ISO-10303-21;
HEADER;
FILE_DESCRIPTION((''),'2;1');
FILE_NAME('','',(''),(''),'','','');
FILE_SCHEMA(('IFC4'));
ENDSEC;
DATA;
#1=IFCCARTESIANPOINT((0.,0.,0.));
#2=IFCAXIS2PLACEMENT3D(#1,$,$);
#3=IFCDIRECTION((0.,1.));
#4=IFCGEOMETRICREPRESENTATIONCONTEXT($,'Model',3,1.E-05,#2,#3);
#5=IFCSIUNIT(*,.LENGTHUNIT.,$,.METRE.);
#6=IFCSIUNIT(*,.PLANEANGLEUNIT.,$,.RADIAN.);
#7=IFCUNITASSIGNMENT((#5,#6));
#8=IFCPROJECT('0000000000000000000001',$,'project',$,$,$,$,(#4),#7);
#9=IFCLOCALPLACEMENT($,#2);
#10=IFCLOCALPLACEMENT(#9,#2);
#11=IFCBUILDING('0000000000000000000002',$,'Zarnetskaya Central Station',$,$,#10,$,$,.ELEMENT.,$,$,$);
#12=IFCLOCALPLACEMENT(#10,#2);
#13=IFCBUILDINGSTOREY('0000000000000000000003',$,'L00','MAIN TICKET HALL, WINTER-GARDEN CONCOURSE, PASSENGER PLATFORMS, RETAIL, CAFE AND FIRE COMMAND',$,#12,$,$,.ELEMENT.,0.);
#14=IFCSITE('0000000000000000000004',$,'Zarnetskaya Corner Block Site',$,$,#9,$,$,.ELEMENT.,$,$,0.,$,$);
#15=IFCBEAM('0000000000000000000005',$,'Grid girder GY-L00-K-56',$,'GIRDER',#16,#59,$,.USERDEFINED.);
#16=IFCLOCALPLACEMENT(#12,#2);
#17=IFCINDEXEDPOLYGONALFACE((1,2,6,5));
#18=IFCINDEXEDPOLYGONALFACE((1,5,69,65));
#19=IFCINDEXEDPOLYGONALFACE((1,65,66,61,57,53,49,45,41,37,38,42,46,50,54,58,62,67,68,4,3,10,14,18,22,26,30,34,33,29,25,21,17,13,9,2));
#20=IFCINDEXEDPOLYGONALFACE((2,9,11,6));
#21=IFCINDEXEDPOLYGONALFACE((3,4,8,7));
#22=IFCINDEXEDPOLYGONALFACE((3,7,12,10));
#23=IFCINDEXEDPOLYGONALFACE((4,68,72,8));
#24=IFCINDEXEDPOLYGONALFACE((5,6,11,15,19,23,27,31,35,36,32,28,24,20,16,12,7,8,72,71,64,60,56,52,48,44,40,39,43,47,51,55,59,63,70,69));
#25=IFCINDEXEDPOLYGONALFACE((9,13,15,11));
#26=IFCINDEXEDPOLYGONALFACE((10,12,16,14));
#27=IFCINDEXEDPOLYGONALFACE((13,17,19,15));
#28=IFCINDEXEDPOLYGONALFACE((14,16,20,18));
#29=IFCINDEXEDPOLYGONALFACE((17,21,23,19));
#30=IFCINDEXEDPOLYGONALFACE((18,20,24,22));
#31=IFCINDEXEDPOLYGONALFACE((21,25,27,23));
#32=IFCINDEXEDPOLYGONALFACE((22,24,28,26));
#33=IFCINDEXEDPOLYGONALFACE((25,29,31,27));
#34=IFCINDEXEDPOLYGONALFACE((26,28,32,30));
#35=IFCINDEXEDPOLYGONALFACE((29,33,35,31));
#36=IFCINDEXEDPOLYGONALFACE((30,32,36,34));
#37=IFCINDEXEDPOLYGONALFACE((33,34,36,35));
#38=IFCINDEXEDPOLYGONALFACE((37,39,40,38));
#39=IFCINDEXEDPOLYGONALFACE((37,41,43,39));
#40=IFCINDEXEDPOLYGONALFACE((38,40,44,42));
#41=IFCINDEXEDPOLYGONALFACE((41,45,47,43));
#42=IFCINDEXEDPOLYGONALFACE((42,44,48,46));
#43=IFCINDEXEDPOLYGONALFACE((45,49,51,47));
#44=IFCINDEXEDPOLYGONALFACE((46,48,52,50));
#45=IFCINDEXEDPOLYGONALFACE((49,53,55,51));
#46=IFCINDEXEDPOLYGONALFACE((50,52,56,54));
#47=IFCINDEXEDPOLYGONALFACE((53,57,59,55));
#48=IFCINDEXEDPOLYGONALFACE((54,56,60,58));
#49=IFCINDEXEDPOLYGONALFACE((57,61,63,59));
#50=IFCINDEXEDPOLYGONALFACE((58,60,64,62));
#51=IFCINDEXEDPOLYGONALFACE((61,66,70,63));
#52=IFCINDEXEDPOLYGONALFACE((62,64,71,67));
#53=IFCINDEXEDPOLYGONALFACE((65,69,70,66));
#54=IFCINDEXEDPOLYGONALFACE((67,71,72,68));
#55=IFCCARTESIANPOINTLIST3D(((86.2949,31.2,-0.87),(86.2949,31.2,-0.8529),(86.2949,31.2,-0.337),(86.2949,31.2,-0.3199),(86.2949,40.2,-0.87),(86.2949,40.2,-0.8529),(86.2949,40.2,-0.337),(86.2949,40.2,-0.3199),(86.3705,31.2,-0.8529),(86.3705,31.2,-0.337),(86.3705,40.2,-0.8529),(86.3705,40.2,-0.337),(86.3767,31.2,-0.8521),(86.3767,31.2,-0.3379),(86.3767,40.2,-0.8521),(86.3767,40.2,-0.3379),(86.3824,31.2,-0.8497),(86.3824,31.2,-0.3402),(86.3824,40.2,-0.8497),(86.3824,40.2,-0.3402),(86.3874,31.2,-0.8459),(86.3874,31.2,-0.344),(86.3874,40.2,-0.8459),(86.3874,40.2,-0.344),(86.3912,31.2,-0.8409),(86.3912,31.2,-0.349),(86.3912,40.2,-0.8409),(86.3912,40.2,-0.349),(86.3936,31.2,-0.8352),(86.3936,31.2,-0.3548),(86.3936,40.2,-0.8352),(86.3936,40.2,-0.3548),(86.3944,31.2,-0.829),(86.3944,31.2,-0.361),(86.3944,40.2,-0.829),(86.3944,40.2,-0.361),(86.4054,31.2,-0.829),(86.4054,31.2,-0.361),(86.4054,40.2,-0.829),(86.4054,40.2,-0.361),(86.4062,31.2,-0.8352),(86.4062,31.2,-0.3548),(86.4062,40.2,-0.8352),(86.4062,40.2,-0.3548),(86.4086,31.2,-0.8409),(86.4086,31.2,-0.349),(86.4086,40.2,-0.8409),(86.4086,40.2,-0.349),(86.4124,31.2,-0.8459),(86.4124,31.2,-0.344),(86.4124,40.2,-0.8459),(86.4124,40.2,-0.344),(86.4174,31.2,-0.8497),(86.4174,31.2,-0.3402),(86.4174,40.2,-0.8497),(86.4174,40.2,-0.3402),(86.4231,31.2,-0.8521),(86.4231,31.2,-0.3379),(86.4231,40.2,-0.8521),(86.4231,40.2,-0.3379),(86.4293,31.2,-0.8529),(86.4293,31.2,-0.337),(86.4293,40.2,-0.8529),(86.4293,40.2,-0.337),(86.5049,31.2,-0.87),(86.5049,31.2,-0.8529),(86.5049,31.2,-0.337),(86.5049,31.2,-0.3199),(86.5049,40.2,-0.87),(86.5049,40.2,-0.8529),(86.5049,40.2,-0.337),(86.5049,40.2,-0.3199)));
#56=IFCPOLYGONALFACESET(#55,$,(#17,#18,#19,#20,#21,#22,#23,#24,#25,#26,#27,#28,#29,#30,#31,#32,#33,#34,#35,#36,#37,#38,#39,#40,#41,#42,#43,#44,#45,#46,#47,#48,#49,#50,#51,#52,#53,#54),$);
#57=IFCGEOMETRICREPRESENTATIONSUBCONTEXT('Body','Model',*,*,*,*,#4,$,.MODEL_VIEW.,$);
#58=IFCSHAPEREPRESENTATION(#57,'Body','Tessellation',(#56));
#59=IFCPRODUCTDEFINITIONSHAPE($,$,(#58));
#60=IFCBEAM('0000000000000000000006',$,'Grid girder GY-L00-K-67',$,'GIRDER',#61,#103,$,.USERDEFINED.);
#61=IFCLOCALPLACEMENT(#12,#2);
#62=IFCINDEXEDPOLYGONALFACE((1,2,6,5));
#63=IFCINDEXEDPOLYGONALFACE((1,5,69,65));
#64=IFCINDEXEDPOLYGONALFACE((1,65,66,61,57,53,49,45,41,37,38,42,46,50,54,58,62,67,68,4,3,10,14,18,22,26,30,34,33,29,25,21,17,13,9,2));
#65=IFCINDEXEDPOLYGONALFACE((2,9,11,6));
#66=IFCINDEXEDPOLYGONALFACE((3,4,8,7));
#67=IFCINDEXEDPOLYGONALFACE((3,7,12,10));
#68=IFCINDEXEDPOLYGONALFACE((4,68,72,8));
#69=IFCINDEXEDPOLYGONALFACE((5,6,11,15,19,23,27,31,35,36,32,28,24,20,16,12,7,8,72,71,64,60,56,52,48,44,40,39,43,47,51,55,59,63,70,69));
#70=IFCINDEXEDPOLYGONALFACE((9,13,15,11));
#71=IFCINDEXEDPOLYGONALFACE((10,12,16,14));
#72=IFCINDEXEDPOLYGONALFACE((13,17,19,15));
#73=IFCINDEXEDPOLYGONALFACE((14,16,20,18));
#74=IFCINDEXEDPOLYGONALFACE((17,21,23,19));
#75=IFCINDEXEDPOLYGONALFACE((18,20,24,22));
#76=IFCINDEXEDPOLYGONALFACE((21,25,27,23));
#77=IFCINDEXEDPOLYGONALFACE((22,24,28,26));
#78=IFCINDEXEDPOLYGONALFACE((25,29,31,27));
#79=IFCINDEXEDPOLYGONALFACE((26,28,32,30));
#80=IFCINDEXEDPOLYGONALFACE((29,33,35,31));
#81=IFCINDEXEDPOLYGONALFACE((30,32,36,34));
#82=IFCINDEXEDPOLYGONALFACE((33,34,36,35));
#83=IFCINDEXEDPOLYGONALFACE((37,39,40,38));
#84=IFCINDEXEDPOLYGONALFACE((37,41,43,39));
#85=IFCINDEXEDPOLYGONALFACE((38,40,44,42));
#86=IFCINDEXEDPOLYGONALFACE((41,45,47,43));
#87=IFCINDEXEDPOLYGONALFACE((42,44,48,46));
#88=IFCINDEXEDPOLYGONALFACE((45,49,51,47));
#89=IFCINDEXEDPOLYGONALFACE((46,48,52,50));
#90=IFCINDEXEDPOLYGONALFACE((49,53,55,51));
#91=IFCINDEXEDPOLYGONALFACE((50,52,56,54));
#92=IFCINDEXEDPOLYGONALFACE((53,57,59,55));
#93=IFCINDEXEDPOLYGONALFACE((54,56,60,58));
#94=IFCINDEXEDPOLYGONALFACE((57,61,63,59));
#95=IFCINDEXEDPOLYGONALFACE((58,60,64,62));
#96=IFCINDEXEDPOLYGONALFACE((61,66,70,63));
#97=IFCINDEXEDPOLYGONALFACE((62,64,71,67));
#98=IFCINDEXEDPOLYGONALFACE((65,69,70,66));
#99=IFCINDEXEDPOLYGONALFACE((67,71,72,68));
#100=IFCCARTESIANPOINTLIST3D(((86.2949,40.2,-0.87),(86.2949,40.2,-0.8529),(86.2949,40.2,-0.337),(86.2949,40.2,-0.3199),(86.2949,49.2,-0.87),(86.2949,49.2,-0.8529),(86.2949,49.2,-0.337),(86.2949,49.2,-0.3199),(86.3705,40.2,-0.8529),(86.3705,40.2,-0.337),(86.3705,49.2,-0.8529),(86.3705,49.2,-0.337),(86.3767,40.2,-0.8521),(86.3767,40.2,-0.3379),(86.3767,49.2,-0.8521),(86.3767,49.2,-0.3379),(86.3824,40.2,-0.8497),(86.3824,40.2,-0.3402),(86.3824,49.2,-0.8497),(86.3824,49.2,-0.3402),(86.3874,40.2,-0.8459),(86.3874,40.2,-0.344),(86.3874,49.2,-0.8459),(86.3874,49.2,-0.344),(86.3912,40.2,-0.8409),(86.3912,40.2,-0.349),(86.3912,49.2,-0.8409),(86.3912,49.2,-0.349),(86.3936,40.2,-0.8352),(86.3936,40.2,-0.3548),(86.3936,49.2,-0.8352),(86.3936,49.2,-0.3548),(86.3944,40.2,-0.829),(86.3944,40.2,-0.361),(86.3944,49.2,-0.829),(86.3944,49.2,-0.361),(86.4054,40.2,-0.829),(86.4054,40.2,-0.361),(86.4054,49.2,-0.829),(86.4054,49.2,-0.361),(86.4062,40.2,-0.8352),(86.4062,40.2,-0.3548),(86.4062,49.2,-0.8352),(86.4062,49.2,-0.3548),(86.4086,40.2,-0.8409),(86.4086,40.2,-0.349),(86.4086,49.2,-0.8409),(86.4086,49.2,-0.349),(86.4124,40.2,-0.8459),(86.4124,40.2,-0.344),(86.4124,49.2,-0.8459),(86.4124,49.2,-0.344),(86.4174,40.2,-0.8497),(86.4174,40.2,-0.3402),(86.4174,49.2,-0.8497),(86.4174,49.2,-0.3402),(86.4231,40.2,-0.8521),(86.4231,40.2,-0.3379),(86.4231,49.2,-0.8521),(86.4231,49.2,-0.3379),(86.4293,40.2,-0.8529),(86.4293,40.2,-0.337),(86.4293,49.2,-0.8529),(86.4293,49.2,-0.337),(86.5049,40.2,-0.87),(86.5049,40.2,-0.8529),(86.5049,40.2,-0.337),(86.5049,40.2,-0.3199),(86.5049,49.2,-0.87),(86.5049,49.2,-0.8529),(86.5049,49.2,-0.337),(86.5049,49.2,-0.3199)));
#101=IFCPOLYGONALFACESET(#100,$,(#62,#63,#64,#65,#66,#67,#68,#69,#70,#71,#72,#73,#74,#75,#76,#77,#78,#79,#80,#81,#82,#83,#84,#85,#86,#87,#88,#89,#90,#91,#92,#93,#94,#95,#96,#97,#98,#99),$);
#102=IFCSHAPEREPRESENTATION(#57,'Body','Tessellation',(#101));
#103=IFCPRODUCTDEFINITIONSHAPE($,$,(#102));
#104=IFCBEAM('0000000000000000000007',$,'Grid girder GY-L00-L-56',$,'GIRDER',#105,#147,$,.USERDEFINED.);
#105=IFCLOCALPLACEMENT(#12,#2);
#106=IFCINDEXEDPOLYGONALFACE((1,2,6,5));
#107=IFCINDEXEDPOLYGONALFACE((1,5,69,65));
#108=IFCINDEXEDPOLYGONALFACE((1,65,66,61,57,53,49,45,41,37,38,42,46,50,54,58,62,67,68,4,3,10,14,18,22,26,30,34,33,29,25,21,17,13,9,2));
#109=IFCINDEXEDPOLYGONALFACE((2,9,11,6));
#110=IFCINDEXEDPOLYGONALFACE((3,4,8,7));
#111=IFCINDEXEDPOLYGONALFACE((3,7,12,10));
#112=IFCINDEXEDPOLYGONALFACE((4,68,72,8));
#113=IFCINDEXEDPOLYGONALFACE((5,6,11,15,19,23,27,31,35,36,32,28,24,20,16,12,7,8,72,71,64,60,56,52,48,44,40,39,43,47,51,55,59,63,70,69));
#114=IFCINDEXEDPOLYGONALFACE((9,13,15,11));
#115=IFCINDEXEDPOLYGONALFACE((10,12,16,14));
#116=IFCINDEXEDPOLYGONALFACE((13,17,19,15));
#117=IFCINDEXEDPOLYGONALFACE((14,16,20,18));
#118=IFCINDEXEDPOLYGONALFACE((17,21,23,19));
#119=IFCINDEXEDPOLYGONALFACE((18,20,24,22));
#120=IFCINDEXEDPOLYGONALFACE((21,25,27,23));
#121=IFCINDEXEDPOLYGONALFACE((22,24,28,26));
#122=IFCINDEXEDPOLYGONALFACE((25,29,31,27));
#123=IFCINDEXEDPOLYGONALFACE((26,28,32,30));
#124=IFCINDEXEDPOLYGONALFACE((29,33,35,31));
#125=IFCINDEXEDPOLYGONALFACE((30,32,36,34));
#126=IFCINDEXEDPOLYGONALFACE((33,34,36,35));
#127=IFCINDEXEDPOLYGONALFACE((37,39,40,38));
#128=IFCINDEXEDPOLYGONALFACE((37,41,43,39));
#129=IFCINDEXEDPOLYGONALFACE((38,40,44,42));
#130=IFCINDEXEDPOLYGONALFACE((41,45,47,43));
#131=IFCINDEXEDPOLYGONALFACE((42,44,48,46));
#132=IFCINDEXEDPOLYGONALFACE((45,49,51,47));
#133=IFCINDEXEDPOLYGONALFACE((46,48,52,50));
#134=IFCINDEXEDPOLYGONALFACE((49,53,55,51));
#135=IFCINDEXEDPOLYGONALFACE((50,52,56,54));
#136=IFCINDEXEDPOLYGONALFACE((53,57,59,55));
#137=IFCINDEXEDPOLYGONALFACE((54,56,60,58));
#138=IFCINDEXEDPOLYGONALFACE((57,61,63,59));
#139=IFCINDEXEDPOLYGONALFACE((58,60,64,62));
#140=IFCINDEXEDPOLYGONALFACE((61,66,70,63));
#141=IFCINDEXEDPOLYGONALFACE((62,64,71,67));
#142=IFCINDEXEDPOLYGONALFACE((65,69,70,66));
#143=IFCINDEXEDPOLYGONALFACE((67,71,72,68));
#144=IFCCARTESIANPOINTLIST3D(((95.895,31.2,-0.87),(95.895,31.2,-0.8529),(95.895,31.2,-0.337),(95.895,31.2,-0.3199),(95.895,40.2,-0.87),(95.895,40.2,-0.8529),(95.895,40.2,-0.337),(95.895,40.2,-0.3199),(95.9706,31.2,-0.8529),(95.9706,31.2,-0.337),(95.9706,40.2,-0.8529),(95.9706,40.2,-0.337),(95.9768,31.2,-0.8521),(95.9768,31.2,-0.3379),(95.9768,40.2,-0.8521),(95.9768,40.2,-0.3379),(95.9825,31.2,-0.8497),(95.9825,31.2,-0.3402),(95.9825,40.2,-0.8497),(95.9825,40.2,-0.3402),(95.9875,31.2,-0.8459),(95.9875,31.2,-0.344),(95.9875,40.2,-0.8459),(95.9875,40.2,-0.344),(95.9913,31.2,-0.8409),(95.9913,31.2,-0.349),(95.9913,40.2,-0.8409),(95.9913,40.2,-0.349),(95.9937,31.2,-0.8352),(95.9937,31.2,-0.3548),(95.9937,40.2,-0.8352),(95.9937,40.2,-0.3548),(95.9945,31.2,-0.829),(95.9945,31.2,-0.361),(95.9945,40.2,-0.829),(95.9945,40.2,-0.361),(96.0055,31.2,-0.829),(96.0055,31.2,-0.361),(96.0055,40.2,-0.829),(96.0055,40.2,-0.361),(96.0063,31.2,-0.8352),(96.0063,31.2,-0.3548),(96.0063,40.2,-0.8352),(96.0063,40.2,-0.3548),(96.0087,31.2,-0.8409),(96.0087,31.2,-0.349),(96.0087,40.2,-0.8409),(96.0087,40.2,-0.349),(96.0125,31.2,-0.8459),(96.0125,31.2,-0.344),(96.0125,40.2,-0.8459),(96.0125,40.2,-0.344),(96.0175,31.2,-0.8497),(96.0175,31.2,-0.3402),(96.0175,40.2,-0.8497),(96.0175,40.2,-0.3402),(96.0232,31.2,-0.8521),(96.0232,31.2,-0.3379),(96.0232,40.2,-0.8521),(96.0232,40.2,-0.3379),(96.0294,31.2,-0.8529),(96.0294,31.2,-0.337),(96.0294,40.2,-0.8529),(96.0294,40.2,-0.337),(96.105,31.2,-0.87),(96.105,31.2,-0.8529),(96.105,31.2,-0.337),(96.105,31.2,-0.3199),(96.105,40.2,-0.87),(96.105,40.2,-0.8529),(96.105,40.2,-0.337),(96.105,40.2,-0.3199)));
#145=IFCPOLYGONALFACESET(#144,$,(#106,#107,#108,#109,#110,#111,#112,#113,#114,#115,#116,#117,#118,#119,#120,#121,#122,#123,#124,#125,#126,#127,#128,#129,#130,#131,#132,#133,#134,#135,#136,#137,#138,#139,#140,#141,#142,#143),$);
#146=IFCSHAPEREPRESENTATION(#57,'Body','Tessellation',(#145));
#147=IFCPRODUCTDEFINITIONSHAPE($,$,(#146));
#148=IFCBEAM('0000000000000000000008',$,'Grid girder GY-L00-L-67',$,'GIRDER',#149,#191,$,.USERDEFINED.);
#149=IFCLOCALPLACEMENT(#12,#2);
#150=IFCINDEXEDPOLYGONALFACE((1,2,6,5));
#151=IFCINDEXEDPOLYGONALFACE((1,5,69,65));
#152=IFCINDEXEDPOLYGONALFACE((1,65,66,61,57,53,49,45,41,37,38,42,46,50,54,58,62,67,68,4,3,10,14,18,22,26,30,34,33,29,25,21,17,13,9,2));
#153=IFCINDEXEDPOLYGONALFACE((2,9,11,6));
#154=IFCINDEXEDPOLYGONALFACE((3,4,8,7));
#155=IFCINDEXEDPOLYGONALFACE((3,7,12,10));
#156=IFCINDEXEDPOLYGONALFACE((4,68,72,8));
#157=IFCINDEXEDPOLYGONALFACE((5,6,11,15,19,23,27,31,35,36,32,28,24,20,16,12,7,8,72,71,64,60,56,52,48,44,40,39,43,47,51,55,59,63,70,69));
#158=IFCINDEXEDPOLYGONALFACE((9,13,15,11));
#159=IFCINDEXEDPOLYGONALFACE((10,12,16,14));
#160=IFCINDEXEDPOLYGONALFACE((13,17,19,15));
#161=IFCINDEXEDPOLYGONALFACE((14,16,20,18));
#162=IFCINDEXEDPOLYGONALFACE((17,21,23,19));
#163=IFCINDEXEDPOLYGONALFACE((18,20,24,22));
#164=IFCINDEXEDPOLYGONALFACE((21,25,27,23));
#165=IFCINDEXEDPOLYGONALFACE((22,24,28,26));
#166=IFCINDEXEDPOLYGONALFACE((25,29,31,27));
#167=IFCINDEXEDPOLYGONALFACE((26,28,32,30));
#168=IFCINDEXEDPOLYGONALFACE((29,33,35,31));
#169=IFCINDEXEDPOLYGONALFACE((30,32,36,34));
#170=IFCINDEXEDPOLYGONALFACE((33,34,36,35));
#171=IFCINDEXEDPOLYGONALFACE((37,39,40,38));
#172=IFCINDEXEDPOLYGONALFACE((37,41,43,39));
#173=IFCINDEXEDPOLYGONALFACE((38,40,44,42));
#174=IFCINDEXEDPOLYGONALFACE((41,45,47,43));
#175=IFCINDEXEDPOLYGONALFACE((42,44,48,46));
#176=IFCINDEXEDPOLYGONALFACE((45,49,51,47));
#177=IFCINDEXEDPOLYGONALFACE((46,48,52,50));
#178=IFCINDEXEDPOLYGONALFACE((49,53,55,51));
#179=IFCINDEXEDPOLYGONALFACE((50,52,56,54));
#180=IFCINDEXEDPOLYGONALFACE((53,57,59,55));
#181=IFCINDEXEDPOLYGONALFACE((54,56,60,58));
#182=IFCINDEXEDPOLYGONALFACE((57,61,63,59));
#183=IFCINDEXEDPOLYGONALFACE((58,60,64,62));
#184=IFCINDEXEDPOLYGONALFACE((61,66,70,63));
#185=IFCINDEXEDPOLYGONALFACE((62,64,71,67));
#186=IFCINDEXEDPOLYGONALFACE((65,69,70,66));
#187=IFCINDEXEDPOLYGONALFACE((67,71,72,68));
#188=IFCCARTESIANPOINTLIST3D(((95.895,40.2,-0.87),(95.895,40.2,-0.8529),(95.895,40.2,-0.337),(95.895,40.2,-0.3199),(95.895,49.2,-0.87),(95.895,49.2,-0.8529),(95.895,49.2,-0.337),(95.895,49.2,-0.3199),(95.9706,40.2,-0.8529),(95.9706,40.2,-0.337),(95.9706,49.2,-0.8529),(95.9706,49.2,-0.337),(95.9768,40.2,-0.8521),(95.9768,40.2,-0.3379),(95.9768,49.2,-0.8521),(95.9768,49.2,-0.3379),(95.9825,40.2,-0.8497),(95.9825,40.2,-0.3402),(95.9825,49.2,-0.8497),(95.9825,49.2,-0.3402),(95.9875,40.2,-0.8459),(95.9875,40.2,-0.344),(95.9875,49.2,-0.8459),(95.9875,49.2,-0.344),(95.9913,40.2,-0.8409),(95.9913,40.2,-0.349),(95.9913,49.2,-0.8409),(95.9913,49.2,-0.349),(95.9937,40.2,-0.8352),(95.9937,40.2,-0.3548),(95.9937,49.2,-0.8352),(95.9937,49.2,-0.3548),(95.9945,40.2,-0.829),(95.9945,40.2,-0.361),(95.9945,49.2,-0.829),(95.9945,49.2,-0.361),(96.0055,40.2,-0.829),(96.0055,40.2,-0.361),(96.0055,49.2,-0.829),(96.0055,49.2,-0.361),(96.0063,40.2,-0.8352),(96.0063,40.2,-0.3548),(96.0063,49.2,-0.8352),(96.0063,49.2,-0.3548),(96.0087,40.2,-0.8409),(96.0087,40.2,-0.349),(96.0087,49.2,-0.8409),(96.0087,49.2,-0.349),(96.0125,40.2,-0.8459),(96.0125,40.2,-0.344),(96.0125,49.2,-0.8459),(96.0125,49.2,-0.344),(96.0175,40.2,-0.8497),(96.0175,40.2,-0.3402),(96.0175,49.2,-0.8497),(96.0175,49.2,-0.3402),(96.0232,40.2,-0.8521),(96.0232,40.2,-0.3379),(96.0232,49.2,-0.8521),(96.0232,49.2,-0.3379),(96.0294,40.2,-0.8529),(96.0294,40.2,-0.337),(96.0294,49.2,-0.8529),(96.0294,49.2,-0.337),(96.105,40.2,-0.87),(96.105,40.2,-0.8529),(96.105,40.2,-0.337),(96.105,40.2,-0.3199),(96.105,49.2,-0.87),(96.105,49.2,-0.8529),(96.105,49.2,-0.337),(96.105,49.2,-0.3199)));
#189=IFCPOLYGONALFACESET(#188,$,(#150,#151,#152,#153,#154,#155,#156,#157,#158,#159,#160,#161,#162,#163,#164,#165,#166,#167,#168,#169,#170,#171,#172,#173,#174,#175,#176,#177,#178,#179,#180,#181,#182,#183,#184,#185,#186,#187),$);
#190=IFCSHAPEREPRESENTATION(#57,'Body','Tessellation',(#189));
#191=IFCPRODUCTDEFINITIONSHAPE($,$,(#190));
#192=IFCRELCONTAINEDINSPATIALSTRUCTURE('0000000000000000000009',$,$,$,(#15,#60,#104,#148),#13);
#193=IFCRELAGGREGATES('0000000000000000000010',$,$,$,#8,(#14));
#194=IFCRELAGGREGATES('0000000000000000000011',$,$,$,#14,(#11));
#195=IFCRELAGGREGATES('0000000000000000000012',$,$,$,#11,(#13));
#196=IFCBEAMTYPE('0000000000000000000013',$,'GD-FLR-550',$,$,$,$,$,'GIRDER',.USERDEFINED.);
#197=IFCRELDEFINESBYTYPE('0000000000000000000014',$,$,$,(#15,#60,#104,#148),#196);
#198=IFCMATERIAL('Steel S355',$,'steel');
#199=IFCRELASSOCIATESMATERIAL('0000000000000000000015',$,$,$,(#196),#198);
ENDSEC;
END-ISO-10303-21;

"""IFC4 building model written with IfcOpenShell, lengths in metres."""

from ifc_helpers import new_model, si_unit, direction, frame, origin, origin_2d, place, context, subcontext, project, spatial, i_section, extrude, material, material_profile, profile_set, type_object, element, save


model = new_model("IFC4")

# Units and contexts
model_context = context("Model", 3, precision=1e-05, world=origin(), true_north=direction((0.0, 1.0)))
body_context = subcontext(model_context, "Body", "Model", "MODEL_VIEW")
ifc_project = project(units=[si_unit("LENGTHUNIT", "METRE"), si_unit("PLANEANGLEUNIT", "RADIAN")], contexts=[model_context])

# Site, building, storey
site_placement = place(None, origin())
site = spatial("IfcSite", under=ifc_project, at=site_placement, Name="Zarnetskaya Corner Block Site", CompositionType="ELEMENT", RefElevation=0.0)
building_placement = place(site_placement, origin())
building = spatial("IfcBuilding", under=site, at=building_placement, Name="Zarnetskaya Central Station", CompositionType="ELEMENT")
storey_placement = place(building_placement, origin())
storey = spatial("IfcBuildingStorey", under=building, at=storey_placement, Name="L00", Description="MAIN TICKET HALL, WINTER-GARDEN CONCOURSE, PASSENGER PLATFORMS, RETAIL, CAFE AND FIRE COMMAND", CompositionType="ELEMENT", Elevation=0.0)

# Beams
ifc_material = material(Name="Steel S355", Category="steel")
ifc_material_profile_1 = material_profile(ifc_material, i_section(OverallWidth=0.21, OverallDepth=0.55, WebThickness=0.011, FlangeThickness=0.0171, FilletRadius=0.0239, at=origin_2d()), Name="IPE 550")
ifc_profile_set_1 = profile_set([ifc_material_profile_1], Name="Steel S355")
beam_type_1 = type_object("IfcBeamType", Name="GD-FLR-550", ElementType="GIRDER", PredefinedType="USERDEFINED", material=ifc_profile_set_1)
for number, where, z_axis, x_axis, name in (
    (1, (86.3999, 31.2, -0.595), (0.0, 1.0, 0.0), (-1.0, 0.0, 0.0), "Grid girder GY-L00-K-56"),
    (2, (86.3999, 40.2, -0.595), (0.0, 1.0, 0.0), (-1.0, 0.0, 0.0), "Grid girder GY-L00-K-67"),
    (3, (96.0, 31.2, -0.595), (0.0, 1.0, 0.0), (-1.0, 0.0, 0.0), "Grid girder GY-L00-L-56"),
    (4, (96.0, 40.2, -0.595), (0.0, 1.0, 0.0), (-1.0, 0.0, 0.0), "Grid girder GY-L00-L-67"),
):
    element("IfcBeam", number, at=place(storey_placement, frame(where, z_axis=z_axis, x_axis=x_axis)), inside=storey, type_object=beam_type_1, Name=name, ObjectType="GIRDER", PredefinedType="USERDEFINED", context=body_context, shape_type="SweptSolid", body=[
        extrude(i_section(OverallWidth=0.21, OverallDepth=0.55, WebThickness=0.011, FlangeThickness=0.0171, FilletRadius=0.0239, at=origin_2d()), origin(), (0.0, 0.0, 1.0), 9.0),
    ])

save(model, "model.ifc")
